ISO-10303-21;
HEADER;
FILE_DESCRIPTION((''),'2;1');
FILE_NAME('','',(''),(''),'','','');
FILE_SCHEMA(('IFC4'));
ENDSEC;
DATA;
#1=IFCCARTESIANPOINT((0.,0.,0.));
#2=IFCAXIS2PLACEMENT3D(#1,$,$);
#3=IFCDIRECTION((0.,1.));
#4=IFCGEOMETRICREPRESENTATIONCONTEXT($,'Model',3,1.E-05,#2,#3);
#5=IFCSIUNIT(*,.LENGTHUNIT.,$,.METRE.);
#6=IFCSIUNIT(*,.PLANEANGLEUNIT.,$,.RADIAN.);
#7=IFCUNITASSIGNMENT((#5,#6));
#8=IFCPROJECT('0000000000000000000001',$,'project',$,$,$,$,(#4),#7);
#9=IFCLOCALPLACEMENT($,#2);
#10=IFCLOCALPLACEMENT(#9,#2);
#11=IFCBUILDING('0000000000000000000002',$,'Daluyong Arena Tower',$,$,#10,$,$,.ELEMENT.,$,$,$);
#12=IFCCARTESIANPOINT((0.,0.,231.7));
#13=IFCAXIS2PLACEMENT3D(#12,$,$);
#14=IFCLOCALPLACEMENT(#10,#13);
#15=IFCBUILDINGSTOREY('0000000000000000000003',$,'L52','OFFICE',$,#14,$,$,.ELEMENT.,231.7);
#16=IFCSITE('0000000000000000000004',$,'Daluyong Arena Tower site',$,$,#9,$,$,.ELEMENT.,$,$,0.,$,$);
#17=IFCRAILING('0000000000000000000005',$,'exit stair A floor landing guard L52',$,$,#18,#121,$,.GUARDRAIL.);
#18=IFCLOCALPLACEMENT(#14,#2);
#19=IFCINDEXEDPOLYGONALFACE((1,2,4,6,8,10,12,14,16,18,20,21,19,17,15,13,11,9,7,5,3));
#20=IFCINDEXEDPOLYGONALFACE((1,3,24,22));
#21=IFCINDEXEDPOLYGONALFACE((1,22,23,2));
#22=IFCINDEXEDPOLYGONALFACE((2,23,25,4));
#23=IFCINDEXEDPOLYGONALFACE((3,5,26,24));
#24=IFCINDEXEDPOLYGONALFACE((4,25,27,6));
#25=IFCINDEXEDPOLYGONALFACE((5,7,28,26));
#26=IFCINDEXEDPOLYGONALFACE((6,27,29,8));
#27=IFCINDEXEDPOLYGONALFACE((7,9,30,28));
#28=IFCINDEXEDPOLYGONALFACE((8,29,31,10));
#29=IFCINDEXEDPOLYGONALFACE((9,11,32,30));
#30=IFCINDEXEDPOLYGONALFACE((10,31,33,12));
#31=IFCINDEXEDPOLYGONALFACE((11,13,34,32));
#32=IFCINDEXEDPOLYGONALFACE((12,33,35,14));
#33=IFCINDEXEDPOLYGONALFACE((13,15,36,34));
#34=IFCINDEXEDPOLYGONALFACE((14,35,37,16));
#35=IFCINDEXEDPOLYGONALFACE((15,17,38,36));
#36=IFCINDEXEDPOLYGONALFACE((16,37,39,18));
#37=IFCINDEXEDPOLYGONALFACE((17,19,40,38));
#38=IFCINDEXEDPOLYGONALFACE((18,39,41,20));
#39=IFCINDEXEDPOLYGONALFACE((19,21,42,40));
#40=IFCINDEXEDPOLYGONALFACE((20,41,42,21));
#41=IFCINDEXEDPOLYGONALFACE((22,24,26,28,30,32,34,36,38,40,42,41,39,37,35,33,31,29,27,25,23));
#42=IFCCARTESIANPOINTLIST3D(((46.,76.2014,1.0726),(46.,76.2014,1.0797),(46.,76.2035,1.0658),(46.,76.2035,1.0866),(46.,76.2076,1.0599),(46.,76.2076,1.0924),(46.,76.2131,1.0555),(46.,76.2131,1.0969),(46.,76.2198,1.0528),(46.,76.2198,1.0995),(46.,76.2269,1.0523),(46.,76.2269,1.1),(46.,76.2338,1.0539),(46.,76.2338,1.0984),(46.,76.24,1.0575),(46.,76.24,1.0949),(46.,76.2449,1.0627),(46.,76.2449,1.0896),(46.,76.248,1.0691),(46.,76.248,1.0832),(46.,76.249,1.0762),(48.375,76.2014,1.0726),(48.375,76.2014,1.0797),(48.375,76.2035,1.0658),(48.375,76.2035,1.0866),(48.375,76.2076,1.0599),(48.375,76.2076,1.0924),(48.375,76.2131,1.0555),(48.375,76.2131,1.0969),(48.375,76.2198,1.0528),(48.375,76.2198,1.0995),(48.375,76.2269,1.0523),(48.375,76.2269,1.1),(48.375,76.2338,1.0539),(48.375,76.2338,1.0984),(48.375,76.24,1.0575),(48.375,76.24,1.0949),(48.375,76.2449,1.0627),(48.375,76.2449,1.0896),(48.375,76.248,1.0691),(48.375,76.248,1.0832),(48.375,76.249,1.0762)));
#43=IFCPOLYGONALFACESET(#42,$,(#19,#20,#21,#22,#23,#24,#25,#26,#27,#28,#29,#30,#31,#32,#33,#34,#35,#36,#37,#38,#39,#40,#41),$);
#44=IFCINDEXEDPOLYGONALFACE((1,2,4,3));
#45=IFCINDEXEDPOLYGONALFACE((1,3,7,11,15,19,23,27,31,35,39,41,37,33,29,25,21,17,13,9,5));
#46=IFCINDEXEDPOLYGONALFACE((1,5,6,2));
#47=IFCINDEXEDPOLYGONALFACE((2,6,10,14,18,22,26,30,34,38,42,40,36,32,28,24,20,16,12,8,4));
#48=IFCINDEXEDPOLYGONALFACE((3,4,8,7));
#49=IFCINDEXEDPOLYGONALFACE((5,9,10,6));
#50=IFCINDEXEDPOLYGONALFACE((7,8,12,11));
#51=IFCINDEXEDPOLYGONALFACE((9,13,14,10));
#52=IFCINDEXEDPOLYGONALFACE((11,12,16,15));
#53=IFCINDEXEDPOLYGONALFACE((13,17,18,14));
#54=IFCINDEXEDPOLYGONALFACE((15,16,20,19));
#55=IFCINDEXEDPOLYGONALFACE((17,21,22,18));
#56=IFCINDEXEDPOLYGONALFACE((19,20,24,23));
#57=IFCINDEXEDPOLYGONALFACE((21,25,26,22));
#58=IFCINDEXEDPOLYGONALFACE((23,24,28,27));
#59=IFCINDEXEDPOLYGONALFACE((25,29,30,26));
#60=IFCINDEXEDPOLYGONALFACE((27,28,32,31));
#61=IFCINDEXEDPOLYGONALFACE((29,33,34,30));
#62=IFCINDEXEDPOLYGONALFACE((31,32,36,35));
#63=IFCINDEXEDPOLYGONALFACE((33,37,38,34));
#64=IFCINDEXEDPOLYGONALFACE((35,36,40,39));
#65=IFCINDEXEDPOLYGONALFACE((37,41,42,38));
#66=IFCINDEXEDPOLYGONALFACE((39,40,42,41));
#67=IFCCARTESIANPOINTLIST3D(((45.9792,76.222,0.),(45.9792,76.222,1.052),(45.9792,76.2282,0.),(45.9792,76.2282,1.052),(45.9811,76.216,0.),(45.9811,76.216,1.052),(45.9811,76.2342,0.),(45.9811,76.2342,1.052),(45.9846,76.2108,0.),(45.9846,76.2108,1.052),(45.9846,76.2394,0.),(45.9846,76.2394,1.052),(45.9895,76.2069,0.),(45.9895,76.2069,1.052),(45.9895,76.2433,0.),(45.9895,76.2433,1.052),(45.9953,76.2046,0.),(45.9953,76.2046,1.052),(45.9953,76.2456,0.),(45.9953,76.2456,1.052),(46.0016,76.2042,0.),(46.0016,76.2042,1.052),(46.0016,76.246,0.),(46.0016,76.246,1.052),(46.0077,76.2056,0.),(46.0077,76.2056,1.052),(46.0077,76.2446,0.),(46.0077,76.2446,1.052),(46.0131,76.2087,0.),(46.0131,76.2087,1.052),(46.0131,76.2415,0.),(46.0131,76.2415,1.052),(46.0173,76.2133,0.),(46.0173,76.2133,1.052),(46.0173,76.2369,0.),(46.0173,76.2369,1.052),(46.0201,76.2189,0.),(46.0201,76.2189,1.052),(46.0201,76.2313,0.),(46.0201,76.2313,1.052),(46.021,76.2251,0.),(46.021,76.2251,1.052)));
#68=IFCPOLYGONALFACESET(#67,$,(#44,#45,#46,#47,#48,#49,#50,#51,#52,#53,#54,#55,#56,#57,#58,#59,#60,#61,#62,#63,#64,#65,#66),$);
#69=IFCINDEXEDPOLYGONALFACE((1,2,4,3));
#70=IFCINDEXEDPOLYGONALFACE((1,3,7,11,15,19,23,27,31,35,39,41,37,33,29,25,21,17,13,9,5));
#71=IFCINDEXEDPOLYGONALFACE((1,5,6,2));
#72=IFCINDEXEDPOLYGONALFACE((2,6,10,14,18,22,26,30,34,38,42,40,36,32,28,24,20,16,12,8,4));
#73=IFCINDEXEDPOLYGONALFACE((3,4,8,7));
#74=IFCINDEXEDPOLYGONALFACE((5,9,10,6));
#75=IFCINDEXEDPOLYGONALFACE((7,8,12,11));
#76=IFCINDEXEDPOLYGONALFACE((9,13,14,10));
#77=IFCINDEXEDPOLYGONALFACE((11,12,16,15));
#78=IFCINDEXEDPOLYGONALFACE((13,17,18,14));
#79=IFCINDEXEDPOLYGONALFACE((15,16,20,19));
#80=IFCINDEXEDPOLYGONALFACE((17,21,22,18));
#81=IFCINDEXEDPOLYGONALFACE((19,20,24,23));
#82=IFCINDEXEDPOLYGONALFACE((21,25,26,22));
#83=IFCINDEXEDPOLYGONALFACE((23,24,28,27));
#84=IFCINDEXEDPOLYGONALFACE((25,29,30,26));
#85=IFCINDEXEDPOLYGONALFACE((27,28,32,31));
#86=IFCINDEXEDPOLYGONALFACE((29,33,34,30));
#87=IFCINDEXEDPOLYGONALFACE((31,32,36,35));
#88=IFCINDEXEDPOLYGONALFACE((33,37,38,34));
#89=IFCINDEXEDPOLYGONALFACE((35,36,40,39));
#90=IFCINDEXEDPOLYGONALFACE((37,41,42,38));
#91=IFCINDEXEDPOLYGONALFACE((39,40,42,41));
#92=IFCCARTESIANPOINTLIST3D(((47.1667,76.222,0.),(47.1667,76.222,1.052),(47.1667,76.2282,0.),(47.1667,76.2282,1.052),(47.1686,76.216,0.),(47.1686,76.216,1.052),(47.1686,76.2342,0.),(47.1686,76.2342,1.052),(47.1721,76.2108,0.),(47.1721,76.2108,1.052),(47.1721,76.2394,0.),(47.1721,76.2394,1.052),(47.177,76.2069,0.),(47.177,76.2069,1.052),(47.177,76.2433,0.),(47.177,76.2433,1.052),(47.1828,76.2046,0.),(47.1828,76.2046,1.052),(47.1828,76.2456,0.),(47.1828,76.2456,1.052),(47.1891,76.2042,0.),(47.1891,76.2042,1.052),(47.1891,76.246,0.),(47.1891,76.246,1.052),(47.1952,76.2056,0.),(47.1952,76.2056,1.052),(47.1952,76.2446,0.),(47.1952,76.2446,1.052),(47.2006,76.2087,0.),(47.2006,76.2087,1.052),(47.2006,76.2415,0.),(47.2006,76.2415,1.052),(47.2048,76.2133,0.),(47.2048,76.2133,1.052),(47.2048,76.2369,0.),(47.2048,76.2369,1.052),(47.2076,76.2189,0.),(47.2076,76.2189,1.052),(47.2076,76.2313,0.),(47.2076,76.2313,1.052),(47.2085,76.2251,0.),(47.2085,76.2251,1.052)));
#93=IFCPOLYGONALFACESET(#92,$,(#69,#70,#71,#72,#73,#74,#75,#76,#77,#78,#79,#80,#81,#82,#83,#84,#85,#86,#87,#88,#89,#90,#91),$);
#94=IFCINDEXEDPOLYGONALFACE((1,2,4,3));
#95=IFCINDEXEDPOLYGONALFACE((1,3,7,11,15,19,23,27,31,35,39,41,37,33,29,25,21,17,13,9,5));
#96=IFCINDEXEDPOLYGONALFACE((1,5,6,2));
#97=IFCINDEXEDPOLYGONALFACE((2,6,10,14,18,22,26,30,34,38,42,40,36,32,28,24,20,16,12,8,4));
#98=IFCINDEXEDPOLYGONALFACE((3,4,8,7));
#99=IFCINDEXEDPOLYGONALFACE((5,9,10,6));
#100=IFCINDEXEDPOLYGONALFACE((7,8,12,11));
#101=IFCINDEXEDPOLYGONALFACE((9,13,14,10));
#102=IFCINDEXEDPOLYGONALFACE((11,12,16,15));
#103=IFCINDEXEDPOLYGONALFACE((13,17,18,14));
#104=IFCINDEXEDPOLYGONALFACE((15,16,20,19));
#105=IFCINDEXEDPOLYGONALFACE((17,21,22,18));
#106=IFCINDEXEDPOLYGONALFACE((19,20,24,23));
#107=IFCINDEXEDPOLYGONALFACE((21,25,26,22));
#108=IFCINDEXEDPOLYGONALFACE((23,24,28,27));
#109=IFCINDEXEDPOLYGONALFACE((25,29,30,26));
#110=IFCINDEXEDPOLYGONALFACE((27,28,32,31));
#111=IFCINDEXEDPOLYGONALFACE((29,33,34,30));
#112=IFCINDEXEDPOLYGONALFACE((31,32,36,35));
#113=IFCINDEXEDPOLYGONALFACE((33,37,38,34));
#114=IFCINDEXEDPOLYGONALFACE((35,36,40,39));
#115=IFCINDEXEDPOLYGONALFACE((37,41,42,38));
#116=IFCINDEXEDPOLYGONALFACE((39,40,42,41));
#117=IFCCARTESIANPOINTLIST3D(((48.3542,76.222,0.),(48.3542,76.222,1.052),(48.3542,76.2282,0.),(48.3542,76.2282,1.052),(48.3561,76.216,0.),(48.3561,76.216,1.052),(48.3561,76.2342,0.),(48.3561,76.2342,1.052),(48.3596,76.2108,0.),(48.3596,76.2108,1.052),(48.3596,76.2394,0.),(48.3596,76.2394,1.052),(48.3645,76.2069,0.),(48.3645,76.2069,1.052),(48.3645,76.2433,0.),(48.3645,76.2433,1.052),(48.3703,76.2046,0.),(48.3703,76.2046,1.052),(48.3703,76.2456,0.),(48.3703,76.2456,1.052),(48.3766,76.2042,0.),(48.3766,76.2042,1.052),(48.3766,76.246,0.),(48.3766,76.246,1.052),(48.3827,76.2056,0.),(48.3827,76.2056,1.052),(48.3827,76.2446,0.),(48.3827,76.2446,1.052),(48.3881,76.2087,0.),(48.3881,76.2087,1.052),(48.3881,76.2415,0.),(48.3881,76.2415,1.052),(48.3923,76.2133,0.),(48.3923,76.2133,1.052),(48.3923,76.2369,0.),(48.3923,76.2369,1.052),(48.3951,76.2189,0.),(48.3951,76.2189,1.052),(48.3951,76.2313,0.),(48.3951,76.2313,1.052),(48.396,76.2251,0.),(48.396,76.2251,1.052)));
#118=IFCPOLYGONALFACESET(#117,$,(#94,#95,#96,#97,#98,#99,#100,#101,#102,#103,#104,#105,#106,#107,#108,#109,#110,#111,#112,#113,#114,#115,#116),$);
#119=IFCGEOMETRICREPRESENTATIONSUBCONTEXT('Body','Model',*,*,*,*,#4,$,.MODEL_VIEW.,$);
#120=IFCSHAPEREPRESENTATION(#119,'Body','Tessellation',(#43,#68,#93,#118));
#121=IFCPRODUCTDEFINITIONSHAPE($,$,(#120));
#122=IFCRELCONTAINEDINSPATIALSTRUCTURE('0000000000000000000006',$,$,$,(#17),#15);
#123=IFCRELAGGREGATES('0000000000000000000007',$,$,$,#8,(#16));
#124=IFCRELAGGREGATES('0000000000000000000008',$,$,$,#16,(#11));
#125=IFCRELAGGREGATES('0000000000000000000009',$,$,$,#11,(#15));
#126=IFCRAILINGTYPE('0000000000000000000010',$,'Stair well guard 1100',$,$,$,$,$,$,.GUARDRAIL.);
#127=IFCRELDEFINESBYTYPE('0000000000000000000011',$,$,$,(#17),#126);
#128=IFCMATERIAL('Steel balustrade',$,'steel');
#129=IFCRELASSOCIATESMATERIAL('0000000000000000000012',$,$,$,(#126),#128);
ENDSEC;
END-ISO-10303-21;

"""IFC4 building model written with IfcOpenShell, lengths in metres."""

from ifc_helpers import new_model, si_unit, direction, frame, origin, origin_2d, place, context, subcontext, project, spatial, circle, extrude, material, type_object, element, save


model = new_model("IFC4")

# Units and contexts
model_context = context("Model", 3, precision=1e-05, world=origin(), true_north=direction((0.0, 1.0)))
body_context = subcontext(model_context, "Body", "Model", "MODEL_VIEW")
ifc_project = project(units=[si_unit("LENGTHUNIT", "METRE"), si_unit("PLANEANGLEUNIT", "RADIAN")], contexts=[model_context])

# Site, building, storey
site_placement = place(None, origin())
site = spatial("IfcSite", under=ifc_project, at=site_placement, Name="Daluyong Arena Tower site", CompositionType="ELEMENT", RefElevation=0.0)
building_placement = place(site_placement, origin())
building = spatial("IfcBuilding", under=site, at=building_placement, Name="Daluyong Arena Tower", CompositionType="ELEMENT")
storey_placement = place(building_placement, frame((0.0, 0.0, 231.7)))
storey = spatial("IfcBuildingStorey", under=building, at=storey_placement, Name="L52", Description="OFFICE", CompositionType="ELEMENT", Elevation=231.7)

# Railing
ifc_material_1 = material(Name="Steel balustrade", Category="steel")
railing_type = type_object("IfcRailingType", Name="Stair well guard 1100", PredefinedType="GUARDRAIL", material=ifc_material_1)
railing_placement = place(storey_placement, frame((46.0, 76.2251, 0.0)))
element("IfcRailing", 1, at=railing_placement, inside=storey, type_object=railing_type, Name="exit stair A floor landing guard L52", PredefinedType="GUARDRAIL", context=body_context, shape_type="SweptSolid", body=[
    extrude(circle(Radius=0.0239, at=origin_2d()), frame((0.0, 0.0, 1.0762), z_axis=(1.0, 0.0, 0.0), x_axis=(0.0, 1.0, 0.0)), (0.0, 0.0, 1.0), 2.375),
    extrude(circle(Radius=0.021, at=origin_2d()), origin(), (0.0, 0.0, 1.0), 1.052),
    extrude(circle(Radius=0.021, at=origin_2d()), frame((1.1875, 0.0, 0.0)), (0.0, 0.0, 1.0), 1.052),
    extrude(circle(Radius=0.021, at=origin_2d()), frame((2.375, 0.0, 0.0)), (0.0, 0.0, 1.0), 1.052),
])

save(model, "model.ifc")
